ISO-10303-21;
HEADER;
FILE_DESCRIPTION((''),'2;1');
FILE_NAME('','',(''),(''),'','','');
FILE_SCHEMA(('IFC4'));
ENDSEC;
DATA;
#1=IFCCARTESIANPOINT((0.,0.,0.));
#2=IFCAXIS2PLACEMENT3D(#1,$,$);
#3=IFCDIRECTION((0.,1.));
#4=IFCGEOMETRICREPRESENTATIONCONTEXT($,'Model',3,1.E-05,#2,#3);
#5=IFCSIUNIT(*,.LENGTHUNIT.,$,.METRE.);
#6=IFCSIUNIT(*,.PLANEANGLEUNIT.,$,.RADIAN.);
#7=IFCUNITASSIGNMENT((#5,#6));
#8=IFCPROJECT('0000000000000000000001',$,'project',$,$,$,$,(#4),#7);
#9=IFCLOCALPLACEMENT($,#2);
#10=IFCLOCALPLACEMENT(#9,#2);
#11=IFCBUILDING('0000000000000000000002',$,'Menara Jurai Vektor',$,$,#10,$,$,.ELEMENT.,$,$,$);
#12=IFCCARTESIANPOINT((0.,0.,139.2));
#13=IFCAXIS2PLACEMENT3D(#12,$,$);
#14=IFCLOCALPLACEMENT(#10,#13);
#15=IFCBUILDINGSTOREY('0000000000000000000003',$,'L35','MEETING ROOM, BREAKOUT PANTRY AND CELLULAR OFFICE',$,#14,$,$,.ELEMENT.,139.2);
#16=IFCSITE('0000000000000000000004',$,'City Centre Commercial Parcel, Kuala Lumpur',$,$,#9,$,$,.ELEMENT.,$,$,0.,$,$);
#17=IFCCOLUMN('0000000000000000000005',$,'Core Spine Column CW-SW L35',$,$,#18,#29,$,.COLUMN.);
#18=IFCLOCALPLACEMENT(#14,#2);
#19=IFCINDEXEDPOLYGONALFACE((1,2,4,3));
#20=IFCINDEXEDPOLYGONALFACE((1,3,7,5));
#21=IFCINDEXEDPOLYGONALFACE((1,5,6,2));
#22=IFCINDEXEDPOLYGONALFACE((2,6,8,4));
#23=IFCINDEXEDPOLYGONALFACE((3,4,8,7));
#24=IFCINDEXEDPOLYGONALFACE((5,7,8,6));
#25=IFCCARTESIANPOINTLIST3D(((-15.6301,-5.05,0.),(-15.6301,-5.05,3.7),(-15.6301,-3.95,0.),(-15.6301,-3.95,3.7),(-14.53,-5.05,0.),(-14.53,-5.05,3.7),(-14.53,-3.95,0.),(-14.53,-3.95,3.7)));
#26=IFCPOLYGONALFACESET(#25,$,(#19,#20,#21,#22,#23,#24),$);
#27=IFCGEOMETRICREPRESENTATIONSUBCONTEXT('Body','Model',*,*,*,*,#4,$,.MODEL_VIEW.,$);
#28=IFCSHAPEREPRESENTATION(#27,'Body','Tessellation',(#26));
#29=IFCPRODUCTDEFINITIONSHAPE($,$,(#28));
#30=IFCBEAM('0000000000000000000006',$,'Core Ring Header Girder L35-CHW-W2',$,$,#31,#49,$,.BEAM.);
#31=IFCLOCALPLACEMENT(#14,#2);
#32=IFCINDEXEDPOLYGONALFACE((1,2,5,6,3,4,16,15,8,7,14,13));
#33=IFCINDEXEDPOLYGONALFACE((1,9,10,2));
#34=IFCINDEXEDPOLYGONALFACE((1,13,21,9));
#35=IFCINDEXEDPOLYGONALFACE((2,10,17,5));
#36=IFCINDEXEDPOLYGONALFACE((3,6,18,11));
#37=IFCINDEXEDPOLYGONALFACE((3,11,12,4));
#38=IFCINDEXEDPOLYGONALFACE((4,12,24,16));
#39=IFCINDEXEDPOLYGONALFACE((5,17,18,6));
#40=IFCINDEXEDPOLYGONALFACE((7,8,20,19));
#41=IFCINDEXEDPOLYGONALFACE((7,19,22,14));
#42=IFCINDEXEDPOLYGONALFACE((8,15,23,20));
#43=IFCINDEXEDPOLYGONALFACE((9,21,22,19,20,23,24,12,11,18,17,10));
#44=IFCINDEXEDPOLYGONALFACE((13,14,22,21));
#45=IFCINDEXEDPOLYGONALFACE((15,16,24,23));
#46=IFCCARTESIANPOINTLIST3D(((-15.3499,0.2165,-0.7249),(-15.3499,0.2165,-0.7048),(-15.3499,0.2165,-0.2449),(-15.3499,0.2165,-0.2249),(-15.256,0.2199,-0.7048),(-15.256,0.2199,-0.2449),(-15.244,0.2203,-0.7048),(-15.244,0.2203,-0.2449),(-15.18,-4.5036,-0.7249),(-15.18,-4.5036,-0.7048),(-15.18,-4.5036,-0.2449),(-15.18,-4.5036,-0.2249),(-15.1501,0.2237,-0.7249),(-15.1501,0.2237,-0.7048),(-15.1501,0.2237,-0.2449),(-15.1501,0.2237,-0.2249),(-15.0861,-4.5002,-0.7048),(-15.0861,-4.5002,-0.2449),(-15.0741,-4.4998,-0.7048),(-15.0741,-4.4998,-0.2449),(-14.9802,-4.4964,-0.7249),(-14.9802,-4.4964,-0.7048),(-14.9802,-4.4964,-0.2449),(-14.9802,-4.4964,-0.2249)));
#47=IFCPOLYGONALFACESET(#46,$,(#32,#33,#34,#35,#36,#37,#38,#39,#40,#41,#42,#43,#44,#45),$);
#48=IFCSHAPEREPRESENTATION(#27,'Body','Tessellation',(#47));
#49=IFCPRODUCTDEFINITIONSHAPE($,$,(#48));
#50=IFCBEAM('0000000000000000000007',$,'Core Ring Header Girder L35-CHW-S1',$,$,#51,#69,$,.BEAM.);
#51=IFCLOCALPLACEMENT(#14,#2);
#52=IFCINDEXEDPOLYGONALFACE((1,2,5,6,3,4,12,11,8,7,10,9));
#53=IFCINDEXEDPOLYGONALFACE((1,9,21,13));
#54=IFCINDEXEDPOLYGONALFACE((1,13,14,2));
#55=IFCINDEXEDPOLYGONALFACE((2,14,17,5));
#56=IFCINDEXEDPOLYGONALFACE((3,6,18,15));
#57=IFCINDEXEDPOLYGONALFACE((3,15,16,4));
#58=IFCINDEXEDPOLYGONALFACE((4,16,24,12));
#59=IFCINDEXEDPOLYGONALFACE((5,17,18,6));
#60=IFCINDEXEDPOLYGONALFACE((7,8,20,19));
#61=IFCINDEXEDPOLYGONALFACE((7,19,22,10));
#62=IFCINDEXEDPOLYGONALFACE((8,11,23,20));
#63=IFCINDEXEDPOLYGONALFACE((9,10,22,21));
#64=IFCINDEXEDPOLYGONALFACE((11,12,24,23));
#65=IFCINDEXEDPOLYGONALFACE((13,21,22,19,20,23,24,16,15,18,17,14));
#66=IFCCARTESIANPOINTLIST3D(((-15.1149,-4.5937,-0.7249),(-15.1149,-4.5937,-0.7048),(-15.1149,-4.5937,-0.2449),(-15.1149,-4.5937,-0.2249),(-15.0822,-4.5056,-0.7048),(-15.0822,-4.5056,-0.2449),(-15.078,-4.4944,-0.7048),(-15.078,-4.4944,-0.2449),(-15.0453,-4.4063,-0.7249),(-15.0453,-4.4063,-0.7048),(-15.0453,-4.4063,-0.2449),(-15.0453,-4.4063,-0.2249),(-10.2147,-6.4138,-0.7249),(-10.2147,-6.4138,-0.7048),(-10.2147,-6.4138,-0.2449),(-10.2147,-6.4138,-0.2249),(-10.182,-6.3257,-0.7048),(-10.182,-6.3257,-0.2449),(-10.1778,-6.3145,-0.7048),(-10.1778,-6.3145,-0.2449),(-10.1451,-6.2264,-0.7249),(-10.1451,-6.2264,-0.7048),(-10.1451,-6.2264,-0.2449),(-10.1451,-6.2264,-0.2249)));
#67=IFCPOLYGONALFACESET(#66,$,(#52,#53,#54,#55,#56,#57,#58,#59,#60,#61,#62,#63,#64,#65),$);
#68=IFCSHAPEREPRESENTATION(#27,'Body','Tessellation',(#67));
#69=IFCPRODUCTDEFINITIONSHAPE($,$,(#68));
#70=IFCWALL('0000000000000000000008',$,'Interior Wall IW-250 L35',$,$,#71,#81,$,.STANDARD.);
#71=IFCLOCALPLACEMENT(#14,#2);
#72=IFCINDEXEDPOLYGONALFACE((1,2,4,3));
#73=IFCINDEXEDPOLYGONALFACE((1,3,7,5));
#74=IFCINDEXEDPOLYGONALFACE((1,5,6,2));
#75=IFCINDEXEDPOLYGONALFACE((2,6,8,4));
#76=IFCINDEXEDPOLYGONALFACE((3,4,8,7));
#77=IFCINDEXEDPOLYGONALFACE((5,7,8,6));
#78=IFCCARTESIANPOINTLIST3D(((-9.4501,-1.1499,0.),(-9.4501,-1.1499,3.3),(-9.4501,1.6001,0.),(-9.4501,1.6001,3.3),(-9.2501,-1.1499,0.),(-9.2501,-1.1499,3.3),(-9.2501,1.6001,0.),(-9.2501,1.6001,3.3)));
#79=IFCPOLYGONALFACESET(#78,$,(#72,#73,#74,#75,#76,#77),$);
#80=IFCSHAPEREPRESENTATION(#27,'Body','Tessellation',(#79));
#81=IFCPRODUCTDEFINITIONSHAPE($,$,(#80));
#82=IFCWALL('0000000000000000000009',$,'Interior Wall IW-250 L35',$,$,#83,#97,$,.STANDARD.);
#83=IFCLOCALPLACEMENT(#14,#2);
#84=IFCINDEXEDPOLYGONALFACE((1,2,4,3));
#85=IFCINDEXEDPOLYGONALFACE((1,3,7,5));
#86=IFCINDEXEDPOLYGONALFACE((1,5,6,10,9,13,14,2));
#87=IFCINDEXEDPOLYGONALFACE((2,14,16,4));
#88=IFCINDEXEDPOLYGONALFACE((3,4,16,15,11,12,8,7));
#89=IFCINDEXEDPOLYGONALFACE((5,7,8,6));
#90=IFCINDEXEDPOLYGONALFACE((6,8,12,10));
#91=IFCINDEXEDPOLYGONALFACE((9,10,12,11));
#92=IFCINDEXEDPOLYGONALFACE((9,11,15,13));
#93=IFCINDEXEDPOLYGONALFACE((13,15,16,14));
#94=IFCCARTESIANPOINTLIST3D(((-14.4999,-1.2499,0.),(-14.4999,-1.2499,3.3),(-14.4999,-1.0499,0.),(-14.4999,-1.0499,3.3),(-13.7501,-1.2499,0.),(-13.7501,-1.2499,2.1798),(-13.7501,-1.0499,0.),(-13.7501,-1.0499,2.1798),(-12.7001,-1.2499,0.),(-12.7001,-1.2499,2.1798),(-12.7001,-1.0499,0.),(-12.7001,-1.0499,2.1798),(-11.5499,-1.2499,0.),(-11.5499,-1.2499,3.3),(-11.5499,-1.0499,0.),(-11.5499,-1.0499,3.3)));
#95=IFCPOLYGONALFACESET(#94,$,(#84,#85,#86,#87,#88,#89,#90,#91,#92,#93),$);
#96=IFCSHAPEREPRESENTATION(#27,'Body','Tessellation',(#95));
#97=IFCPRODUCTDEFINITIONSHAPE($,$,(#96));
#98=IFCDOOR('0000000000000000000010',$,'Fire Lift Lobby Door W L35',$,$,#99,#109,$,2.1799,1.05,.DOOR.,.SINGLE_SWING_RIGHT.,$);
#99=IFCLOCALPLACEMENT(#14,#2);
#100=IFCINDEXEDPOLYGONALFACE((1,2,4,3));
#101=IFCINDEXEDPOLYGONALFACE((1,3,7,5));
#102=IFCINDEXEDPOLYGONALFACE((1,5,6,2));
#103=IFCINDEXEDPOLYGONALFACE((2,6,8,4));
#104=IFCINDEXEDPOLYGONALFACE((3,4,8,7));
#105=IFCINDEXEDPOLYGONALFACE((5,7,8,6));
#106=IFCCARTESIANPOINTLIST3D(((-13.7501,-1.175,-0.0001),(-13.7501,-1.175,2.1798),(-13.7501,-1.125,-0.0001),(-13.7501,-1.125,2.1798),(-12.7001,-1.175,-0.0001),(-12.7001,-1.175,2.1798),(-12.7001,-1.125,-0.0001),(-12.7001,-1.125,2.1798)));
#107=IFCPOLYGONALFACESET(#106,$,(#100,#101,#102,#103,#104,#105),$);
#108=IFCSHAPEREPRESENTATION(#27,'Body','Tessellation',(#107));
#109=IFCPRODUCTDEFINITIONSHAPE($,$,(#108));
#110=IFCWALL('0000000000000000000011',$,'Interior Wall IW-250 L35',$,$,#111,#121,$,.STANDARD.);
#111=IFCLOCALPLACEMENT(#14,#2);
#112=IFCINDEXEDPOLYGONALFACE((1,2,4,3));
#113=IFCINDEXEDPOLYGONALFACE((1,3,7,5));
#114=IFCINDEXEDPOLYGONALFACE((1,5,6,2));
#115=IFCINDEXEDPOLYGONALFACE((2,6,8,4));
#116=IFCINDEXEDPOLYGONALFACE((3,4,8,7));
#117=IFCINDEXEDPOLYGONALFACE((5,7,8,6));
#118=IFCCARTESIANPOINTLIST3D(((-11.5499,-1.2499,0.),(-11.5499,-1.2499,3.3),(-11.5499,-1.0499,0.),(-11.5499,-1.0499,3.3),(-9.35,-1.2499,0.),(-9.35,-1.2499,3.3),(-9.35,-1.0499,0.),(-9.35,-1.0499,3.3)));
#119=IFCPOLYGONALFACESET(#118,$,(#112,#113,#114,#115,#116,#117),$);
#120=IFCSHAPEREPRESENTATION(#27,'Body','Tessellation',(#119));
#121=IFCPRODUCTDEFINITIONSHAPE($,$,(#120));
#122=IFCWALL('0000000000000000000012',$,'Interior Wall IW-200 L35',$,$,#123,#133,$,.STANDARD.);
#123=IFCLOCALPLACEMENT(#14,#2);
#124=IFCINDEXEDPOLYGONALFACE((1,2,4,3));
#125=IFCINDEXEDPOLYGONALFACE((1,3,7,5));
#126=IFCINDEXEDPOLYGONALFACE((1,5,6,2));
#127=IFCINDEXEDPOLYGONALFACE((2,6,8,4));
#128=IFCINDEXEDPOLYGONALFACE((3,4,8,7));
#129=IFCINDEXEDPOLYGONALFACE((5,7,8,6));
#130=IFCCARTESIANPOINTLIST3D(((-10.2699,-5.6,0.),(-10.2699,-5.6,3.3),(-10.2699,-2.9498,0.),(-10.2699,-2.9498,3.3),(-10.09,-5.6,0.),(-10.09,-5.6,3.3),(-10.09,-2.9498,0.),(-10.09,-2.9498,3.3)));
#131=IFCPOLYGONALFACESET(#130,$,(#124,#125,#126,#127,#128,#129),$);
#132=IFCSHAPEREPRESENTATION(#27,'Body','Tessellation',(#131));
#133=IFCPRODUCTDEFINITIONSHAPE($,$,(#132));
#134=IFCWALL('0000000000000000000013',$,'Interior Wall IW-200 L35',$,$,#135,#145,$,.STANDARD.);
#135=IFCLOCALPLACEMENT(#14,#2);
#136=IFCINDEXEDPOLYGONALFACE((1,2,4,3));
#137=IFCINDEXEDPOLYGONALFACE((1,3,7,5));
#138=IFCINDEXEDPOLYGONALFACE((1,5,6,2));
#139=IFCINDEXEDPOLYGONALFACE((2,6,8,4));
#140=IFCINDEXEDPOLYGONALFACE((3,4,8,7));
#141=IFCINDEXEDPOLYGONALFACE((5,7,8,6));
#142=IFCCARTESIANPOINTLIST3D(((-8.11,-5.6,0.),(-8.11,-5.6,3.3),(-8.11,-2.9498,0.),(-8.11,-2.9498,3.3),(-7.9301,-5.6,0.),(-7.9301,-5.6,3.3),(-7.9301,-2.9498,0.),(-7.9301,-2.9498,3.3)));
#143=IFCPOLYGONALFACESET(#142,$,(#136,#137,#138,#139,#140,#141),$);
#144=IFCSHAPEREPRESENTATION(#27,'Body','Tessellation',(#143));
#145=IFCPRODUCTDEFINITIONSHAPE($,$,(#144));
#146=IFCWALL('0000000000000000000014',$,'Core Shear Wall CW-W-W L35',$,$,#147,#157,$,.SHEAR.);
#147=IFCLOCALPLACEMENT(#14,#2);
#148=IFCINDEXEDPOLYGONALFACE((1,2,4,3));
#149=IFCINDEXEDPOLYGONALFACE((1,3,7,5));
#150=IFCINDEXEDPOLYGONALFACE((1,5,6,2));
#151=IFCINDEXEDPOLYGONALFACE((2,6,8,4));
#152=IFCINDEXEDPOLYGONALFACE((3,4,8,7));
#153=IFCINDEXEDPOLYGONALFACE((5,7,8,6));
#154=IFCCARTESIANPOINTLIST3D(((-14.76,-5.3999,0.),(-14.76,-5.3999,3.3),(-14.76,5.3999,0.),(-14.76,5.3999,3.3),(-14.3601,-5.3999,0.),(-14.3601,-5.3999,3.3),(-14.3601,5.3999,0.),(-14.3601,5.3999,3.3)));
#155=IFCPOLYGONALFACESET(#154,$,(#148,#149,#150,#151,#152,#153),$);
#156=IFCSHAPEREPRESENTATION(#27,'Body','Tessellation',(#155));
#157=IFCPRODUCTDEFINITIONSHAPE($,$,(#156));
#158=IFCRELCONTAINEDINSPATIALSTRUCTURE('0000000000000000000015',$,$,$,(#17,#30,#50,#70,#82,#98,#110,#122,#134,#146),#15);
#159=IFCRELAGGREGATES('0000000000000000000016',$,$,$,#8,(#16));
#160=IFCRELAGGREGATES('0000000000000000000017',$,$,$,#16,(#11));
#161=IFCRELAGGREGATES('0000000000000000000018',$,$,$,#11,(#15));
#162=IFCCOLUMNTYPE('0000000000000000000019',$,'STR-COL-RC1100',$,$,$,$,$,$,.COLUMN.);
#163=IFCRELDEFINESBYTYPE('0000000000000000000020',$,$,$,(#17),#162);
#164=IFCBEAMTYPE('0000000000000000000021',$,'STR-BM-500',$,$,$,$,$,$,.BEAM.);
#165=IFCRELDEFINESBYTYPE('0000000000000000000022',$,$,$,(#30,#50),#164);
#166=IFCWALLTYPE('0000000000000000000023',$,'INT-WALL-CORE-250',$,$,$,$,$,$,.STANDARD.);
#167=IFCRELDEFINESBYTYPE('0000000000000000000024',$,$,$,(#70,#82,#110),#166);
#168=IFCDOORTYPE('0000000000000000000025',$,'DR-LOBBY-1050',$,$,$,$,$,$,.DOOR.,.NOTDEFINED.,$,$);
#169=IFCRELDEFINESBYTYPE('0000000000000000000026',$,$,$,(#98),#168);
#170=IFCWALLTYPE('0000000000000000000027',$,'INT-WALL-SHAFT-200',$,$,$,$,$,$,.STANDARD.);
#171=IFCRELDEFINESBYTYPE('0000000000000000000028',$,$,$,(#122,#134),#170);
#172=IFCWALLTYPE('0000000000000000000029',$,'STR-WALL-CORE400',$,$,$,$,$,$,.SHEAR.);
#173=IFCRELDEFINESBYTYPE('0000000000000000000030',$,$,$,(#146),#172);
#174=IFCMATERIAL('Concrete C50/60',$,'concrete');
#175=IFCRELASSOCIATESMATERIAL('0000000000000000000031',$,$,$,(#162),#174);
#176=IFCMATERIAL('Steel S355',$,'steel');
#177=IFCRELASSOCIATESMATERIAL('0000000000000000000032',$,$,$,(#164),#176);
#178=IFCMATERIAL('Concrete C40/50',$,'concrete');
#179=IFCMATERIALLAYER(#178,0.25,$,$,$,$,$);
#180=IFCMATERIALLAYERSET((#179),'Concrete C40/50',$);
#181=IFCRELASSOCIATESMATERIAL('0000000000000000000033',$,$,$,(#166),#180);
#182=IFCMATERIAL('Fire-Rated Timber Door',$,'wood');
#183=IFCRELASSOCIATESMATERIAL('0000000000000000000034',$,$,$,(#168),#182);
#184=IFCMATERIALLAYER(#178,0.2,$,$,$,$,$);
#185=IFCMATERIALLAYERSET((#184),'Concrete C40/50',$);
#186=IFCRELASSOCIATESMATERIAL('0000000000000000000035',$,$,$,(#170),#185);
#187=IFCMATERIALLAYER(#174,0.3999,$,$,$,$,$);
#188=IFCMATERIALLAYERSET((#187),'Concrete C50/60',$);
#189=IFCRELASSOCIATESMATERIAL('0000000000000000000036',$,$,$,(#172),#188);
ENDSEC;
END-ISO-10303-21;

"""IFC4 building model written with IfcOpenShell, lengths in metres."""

from ifc_helpers import new_model, si_unit, direction, frame, frame_2d, origin, origin_2d, place, context, subcontext, project, spatial, rectangle, i_section, extrude, material, layer, layer_set, material_profile, profile_set, type_object, element, fill, save


model = new_model("IFC4")

# Units and contexts
model_context = context("Model", 3, precision=1e-05, world=origin(), true_north=direction((0.0, 1.0)))
body_context = subcontext(model_context, "Body", "Model", "MODEL_VIEW")
ifc_project = project(units=[si_unit("LENGTHUNIT", "METRE"), si_unit("PLANEANGLEUNIT", "RADIAN")], contexts=[model_context])

# Site, building, storey
site_placement = place(None, origin())
site = spatial("IfcSite", under=ifc_project, at=site_placement, Name="City Centre Commercial Parcel, Kuala Lumpur", CompositionType="ELEMENT", RefElevation=0.0)
building_placement = place(site_placement, origin())
building = spatial("IfcBuilding", under=site, at=building_placement, Name="Menara Jurai Vektor", CompositionType="ELEMENT")
storey_placement = place(building_placement, frame((0.0, 0.0, 139.2)))
storey = spatial("IfcBuildingStorey", under=building, at=storey_placement, Name="L35", Description="MEETING ROOM, BREAKOUT PANTRY AND CELLULAR OFFICE", CompositionType="ELEMENT", Elevation=139.2)

# Column
ifc_material_1 = material(Name="Concrete C50/60", Category="concrete")
ifc_material_profile_1 = material_profile(ifc_material_1, rectangle(XDim=1.1001, YDim=1.1001, at=origin_2d()), Name="RC 1100x1100")
ifc_profile_set_1 = profile_set([ifc_material_profile_1], Name="Concrete C50/60")
column_type = type_object("IfcColumnType", Name="STR-COL-RC1100", PredefinedType="COLUMN", material=ifc_profile_set_1)
column_placement = place(storey_placement, frame((-15.0801, -4.5, 0.0), z_axis=(0.0, 0.0, 1.0), x_axis=(1.0, 0.0, 0.0)))
element("IfcColumn", 1, at=column_placement, inside=storey, type_object=column_type, Name="Core Spine Column CW-SW L35", PredefinedType="COLUMN", context=body_context, shape_type="SweptSolid", body=[
    extrude(rectangle(XDim=1.1001, YDim=1.1001, at=origin_2d()), origin(), (0.0, 0.0, 1.0), 3.7),
])

# Beams
ifc_material_2 = material(Name="Steel S355", Category="steel")
ifc_material_profile_2 = material_profile(ifc_material_2, i_section(OverallWidth=0.2, OverallDepth=0.5, WebThickness=0.012, FlangeThickness=0.02, at=origin_2d()), Name="PG 500x200x96")
ifc_profile_set_2 = profile_set([ifc_material_profile_2], Name="Steel S355")
beam_type = type_object("IfcBeamType", Name="STR-BM-500", PredefinedType="BEAM", material=ifc_profile_set_2)
beam_1_placement = place(storey_placement, frame((-15.0801, -4.5, -0.4749), z_axis=(-0.035977, 0.999353, 0.0), x_axis=(-0.999353, -0.035977, 0.0)))
element("IfcBeam", 2, at=beam_1_placement, inside=storey, type_object=beam_type, Name="Core Ring Header Girder L35-CHW-W2", PredefinedType="BEAM", context=body_context, shape_type="SweptSolid", body=[
    extrude(i_section(OverallWidth=0.2, OverallDepth=0.5, WebThickness=0.012, FlangeThickness=0.02, at=origin_2d()), origin(), (0.0, 0.0, 1.0), 4.7231),
])
beam_2_placement = place(storey_placement, frame((-15.0801, -4.5, -0.4749), z_axis=(0.937424, -0.348189, 0.0), x_axis=(0.348189, 0.937424, 0.0)))
element("IfcBeam", 3, at=beam_2_placement, inside=storey, type_object=beam_type, Name="Core Ring Header Girder L35-CHW-S1", PredefinedType="BEAM", context=body_context, shape_type="SweptSolid", body=[
    extrude(i_section(OverallWidth=0.2, OverallDepth=0.5, WebThickness=0.012, FlangeThickness=0.02, at=origin_2d()), origin(), (0.0, 0.0, 1.0), 5.2273),
])

# Shared definitions
ifc_material_3 = material(Name="Concrete C40/50", Category="concrete")
ifc_layer_1 = layer(ifc_material_3, 0.25)
ifc_layer_set_1 = layer_set([ifc_layer_1], Name="Concrete C40/50")
wall_type_1 = type_object("IfcWallType", Name="INT-WALL-CORE-250", PredefinedType="STANDARD", material=ifc_layer_set_1)

# Wall
wall_1_placement = place(storey_placement, frame((-9.3501, -1.1499, 0.0), z_axis=(0.0, 0.0, 1.0), x_axis=(0.0, 1.0, 0.0)))
element("IfcWall", 4, at=wall_1_placement, inside=storey, type_object=wall_type_1, Name="Interior Wall IW-250 L35", PredefinedType="STANDARD", context=body_context, shape_type="SweptSolid", body=[
    extrude(rectangle(XDim=2.75, YDim=0.2, at=frame_2d((1.375, 0.0))), origin(), (0.0, 0.0, 1.0), 3.3),
])

# Wall, opening, door
wall_2_placement = place(storey_placement, frame((-14.5, -1.1499, 0.0), z_axis=(0.0, 0.0, 1.0), x_axis=(1.0, 0.0, 0.0)))
wall_2 = element("IfcWall", 5, at=wall_2_placement, inside=storey, type_object=wall_type_1, Name="Interior Wall IW-250 L35", PredefinedType="STANDARD", context=body_context, shape_type="SweptSolid", body=[
    extrude(rectangle(XDim=2.95, YDim=0.2, at=frame_2d((1.4751, 0.0))), origin(), (0.0, 0.0, 1.0), 3.3),
])
opening_1_placement = place(wall_2_placement, frame((0.75, 0.0, 0.0)))
opening_1 = element("IfcOpeningElement", 6, at=opening_1_placement, cuts=wall_2, PredefinedType="OPENING", context=body_context, shape_type="SweptSolid", body=[
    extrude(rectangle(XDim=1.05, YDim=2.1799, at=frame_2d((0.5249, 1.0898))), frame((0.0, 0.1099, 0.0), z_axis=(0.0, -1.0, 0.0), x_axis=(1.0, 0.0, 0.0)), (0.0, 0.0, 1.0), 0.22),
])
ifc_material_4 = material(Name="Fire-Rated Timber Door", Category="wood")
door_type_1 = type_object("IfcDoorType", Name="DR-LOBBY-1050", OperationType="NOTDEFINED", PredefinedType="DOOR", material=ifc_material_4)
door_1_placement = place(opening_1_placement, origin())
door_1 = element("IfcDoor", 7, at=door_1_placement, inside=storey, type_object=door_type_1, Name="Fire Lift Lobby Door W L35", OperationType="SINGLE_SWING_RIGHT", OverallHeight=2.1799, OverallWidth=1.05, PredefinedType="DOOR", context=body_context, shape_type="SweptSolid", body=[
    extrude(rectangle(XDim=1.05, YDim=2.1799, at=frame_2d((0.5249, 1.0898))), frame((0.0, 0.0249, 0.0), z_axis=(0.0, -1.0, 0.0), x_axis=(1.0, 0.0, 0.0)), (0.0, 0.0, 1.0), 0.05),
])
fill(opening_1, door_1)

# Wall
wall_3_placement = place(storey_placement, frame((-11.55, -1.1499, 0.0), z_axis=(0.0, 0.0, 1.0), x_axis=(1.0, 0.0, 0.0)))
element("IfcWall", 8, at=wall_3_placement, inside=storey, type_object=wall_type_1, Name="Interior Wall IW-250 L35", PredefinedType="STANDARD", context=body_context, shape_type="SweptSolid", body=[
    extrude(rectangle(XDim=2.2, YDim=0.2, at=frame_2d((1.1001, 0.0))), origin(), (0.0, 0.0, 1.0), 3.3),
])

# Shared definitions
ifc_layer_2 = layer(ifc_material_3, 0.2)
ifc_layer_set_2 = layer_set([ifc_layer_2], Name="Concrete C40/50")
wall_type_2 = type_object("IfcWallType", Name="INT-WALL-SHAFT-200", PredefinedType="STANDARD", material=ifc_layer_set_2)

# Walls
for number, where, z_axis, x_axis, name in (
    (9, (-10.1799, -5.6001, 0.0), (0.0, 0.0, 1.0), (0.0, 1.0, 0.0), "Interior Wall IW-200 L35"),
    (10, (-8.02, -5.6001, 0.0), (0.0, 0.0, 1.0), (0.0, 1.0, 0.0), "Interior Wall IW-200 L35"),
):
    element("IfcWall", number, at=place(storey_placement, frame(where, z_axis=z_axis, x_axis=x_axis)), inside=storey, type_object=wall_type_2, Name=name, PredefinedType="STANDARD", context=body_context, shape_type="SweptSolid", body=[
        extrude(rectangle(XDim=2.6501, YDim=0.1799, at=frame_2d((1.3252, 0.0))), origin(), (0.0, 0.0, 1.0), 3.3),
    ])
ifc_layer_3 = layer(ifc_material_1, 0.3999)
ifc_layer_set_3 = layer_set([ifc_layer_3], Name="Concrete C50/60")
wall_type_3 = type_object("IfcWallType", Name="STR-WALL-CORE400", PredefinedType="SHEAR", material=ifc_layer_set_3)
wall_4_placement = place(storey_placement, frame((-14.5601, -5.3999, 0.0), z_axis=(0.0, 0.0, 1.0), x_axis=(0.0, 1.0, 0.0)))
element("IfcWall", 11, at=wall_4_placement, inside=storey, type_object=wall_type_3, Name="Core Shear Wall CW-W-W L35", PredefinedType="SHEAR", context=body_context, shape_type="SweptSolid", body=[
    extrude(rectangle(XDim=10.7998, YDim=0.3999, at=frame_2d((5.3999, 0.0))), origin(), (0.0, 0.0, 1.0), 3.3),
])

save(model, "model.ifc")
